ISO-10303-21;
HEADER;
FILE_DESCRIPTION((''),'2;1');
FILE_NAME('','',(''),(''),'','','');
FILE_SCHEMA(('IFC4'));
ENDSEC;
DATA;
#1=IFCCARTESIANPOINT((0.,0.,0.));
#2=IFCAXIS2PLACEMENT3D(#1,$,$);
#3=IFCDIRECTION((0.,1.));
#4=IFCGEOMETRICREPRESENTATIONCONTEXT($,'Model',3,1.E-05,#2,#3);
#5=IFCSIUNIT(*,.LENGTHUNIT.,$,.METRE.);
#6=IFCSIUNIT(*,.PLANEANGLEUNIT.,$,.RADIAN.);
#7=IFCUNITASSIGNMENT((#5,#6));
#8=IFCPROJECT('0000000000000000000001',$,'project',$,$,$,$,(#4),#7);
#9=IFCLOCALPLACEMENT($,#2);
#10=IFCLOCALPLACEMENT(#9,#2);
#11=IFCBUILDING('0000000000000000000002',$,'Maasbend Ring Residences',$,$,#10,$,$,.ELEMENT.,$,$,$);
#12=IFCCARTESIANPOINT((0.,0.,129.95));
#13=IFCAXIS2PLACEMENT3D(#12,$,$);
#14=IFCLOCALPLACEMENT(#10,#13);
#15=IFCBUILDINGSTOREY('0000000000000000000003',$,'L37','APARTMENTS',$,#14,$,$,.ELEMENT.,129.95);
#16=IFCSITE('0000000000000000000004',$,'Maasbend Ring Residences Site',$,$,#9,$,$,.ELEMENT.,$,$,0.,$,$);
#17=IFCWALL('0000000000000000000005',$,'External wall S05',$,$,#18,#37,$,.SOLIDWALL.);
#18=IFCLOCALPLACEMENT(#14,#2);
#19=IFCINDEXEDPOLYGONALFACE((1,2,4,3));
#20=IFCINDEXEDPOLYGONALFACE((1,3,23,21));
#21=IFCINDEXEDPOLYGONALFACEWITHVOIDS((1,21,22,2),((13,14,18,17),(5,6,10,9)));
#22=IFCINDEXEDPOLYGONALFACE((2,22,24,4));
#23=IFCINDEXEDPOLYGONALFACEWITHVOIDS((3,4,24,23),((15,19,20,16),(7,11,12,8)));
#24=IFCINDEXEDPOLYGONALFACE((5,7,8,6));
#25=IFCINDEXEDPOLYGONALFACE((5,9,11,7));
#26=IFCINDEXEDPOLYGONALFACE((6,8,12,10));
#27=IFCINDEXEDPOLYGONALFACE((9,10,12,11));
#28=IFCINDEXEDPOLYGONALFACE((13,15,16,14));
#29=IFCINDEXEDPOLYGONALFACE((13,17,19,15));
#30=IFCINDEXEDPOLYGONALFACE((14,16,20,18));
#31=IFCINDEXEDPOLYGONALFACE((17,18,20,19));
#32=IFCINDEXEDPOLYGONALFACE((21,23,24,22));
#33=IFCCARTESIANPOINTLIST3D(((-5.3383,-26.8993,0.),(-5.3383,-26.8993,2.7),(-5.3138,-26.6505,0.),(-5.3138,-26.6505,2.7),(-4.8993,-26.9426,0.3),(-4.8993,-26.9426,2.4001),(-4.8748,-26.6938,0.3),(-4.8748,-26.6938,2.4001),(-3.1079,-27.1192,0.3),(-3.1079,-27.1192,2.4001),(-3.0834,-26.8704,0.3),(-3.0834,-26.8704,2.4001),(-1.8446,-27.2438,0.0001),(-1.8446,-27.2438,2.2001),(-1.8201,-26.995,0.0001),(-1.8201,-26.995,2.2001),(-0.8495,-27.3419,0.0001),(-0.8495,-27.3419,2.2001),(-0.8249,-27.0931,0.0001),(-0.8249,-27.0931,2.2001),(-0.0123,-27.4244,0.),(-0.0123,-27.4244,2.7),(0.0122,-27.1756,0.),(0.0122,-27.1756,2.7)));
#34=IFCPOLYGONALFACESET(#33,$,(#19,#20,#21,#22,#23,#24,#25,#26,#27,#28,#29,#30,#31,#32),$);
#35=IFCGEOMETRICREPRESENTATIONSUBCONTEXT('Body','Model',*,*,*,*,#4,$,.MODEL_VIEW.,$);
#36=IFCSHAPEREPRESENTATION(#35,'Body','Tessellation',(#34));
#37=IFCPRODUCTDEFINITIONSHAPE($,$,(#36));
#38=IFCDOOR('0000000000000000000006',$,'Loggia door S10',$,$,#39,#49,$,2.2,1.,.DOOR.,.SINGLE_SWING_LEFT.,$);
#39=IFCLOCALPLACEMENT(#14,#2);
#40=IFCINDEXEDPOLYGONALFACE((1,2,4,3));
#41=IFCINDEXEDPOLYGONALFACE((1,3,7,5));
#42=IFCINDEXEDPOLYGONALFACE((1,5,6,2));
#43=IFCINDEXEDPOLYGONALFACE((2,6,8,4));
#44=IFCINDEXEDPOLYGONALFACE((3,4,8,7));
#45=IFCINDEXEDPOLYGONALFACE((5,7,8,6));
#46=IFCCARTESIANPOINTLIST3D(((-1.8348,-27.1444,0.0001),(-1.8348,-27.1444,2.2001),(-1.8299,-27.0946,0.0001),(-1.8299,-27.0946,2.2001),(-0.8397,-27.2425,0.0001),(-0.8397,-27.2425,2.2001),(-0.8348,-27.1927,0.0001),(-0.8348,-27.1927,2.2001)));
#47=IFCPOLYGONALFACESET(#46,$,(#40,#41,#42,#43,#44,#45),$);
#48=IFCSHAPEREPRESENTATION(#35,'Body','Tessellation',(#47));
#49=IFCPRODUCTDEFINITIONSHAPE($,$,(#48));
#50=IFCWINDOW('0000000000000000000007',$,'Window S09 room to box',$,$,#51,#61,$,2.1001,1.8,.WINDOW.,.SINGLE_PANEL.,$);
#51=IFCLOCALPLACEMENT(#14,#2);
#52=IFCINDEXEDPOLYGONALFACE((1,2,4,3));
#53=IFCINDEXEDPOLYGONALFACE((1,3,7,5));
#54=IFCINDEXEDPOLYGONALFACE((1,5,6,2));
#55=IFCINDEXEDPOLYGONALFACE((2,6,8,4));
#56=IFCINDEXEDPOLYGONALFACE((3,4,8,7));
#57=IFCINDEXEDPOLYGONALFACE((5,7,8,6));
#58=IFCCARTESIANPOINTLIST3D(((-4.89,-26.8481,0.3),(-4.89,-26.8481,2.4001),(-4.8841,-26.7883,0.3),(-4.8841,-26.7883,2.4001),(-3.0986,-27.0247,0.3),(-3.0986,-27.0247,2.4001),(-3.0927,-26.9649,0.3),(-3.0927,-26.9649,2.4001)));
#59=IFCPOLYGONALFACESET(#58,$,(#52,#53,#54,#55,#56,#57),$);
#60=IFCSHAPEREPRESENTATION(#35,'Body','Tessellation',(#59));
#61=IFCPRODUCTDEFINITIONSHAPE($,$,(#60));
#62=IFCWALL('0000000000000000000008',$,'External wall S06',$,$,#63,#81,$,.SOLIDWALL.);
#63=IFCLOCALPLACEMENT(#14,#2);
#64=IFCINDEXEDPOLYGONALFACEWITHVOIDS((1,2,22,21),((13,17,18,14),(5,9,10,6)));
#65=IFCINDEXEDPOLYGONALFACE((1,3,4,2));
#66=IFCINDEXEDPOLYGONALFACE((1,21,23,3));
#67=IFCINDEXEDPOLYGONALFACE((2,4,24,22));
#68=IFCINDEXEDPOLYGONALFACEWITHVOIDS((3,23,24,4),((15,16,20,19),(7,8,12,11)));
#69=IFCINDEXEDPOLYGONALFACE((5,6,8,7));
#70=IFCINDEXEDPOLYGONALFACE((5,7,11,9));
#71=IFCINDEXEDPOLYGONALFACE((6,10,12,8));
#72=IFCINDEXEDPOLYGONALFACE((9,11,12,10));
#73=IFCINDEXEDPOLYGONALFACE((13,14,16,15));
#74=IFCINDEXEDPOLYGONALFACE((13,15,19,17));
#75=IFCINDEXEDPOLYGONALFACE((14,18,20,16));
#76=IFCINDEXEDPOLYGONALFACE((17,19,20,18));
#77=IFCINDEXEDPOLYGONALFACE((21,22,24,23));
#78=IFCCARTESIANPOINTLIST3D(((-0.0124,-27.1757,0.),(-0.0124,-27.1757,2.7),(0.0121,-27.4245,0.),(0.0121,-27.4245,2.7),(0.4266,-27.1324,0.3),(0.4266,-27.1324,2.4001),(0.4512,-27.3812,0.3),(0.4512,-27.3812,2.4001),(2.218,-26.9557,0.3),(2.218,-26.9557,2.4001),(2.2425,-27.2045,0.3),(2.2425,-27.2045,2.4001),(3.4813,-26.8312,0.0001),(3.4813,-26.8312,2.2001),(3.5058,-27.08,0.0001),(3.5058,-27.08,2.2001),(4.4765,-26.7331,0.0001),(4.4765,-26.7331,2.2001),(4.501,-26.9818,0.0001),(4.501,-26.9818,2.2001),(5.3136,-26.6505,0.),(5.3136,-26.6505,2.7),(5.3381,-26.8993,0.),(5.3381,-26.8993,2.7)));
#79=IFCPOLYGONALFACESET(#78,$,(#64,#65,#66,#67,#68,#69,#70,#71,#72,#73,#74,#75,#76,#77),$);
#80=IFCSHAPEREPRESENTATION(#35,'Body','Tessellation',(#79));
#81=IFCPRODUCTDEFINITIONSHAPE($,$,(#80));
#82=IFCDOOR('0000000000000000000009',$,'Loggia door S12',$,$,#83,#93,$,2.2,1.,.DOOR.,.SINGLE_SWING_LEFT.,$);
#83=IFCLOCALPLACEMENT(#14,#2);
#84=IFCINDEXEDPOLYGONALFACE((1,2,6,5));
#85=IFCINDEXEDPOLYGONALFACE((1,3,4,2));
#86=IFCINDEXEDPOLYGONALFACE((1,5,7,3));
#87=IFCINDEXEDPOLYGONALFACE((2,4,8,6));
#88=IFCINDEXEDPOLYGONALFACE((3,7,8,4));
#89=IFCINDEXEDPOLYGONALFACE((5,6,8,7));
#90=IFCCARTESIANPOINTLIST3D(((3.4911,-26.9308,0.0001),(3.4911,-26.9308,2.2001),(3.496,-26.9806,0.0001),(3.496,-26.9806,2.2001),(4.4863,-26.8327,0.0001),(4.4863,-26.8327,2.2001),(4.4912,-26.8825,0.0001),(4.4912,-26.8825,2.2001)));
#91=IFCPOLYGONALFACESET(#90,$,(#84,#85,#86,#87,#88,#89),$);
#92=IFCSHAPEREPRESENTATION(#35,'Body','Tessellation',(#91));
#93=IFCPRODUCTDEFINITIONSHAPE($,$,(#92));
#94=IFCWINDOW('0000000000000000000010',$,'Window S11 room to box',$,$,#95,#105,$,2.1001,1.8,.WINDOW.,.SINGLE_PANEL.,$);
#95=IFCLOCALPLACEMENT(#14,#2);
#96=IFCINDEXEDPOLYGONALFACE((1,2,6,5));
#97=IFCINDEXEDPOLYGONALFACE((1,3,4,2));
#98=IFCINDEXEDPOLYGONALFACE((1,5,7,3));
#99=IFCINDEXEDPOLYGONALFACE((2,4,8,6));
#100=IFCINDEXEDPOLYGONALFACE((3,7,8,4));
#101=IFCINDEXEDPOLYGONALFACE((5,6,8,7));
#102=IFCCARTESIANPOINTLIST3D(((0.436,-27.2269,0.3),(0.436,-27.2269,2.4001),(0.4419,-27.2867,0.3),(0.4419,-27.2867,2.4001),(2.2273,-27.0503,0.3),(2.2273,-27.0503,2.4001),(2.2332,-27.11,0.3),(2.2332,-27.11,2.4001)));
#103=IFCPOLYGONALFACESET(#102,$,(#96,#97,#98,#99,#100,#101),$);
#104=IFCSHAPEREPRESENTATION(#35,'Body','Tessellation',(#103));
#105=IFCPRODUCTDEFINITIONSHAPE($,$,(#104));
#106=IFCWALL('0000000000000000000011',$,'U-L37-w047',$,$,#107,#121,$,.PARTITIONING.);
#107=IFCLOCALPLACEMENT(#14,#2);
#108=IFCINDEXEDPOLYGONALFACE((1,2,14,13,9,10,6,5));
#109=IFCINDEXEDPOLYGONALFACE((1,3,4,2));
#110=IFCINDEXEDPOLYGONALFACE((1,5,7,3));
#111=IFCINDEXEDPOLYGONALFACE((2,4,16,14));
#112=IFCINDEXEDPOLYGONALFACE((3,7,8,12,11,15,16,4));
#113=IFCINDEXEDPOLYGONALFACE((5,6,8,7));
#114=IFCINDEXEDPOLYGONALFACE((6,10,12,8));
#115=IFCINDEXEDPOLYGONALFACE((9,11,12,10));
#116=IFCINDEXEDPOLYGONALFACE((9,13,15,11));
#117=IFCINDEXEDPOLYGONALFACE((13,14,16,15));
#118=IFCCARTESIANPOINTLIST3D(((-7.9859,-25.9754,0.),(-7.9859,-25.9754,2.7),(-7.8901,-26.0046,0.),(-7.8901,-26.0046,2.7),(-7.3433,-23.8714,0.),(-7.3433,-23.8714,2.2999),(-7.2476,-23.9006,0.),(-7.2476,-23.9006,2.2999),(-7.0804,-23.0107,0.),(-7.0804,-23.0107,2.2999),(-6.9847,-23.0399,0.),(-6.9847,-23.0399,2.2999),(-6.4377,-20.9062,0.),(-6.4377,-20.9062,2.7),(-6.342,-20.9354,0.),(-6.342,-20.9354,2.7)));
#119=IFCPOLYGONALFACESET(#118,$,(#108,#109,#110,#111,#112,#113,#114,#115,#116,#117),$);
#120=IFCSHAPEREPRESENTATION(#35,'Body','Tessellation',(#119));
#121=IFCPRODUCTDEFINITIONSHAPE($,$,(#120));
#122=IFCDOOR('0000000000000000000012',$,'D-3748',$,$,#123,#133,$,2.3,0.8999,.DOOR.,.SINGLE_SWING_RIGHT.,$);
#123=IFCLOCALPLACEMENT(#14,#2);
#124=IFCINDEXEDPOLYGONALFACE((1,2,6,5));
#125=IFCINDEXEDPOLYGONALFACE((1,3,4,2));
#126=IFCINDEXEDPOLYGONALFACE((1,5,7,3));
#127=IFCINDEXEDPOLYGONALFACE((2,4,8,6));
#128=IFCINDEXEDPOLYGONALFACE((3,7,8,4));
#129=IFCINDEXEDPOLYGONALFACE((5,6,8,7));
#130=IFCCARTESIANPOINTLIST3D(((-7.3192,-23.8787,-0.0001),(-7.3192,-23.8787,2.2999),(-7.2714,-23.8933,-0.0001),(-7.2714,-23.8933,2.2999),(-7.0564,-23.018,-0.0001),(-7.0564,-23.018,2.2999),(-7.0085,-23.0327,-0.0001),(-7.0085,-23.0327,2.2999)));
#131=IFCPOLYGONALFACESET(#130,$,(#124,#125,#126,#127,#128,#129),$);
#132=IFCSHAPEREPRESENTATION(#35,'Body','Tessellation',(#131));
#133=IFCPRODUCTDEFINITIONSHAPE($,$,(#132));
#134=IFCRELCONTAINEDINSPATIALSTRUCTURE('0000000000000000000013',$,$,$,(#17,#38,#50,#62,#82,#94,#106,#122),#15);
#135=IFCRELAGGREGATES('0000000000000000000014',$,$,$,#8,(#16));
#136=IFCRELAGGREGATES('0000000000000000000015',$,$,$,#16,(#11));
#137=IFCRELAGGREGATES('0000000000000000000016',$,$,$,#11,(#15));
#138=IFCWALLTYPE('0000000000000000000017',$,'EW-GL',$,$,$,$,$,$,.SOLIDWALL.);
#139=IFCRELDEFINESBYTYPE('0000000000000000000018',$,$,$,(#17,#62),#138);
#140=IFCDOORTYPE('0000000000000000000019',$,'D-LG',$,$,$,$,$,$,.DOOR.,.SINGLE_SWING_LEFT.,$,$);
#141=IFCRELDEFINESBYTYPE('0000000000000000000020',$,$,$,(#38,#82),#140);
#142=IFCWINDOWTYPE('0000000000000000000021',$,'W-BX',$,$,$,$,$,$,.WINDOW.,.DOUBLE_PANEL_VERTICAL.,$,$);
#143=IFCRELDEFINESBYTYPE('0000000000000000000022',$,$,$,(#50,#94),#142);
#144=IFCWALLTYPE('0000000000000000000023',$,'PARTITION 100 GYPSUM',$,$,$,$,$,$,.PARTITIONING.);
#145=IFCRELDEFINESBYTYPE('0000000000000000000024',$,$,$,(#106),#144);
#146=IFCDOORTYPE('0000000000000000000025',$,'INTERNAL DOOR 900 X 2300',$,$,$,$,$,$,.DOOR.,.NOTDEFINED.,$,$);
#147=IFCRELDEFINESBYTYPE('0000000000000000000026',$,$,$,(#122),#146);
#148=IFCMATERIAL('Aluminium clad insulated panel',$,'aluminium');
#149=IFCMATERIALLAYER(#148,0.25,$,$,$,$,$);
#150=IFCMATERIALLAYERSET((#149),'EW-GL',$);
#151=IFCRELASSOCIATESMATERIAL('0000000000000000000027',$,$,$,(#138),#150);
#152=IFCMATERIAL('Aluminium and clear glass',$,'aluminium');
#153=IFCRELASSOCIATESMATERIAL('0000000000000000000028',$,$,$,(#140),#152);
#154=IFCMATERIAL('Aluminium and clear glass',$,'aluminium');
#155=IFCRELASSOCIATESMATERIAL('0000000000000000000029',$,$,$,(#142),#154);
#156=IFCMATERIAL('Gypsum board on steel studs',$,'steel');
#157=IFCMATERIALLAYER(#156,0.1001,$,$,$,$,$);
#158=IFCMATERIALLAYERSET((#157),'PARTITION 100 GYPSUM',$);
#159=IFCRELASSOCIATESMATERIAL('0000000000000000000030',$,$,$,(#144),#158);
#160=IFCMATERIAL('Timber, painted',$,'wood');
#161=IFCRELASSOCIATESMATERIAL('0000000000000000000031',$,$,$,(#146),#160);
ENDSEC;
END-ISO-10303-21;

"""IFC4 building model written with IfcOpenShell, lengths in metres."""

from ifc_helpers import new_model, si_unit, direction, frame, frame_2d, origin, place, context, subcontext, project, spatial, rectangle, extrude, material, layer, layer_set, type_object, element, fill, save


model = new_model("IFC4")

# Units and contexts
model_context = context("Model", 3, precision=1e-05, world=origin(), true_north=direction((0.0, 1.0)))
body_context = subcontext(model_context, "Body", "Model", "MODEL_VIEW")
ifc_project = project(units=[si_unit("LENGTHUNIT", "METRE"), si_unit("PLANEANGLEUNIT", "RADIAN")], contexts=[model_context])

# Site, building, storey
site_placement = place(None, origin())
site = spatial("IfcSite", under=ifc_project, at=site_placement, Name="Maasbend Ring Residences Site", CompositionType="ELEMENT", RefElevation=0.0)
building_placement = place(site_placement, origin())
building = spatial("IfcBuilding", under=site, at=building_placement, Name="Maasbend Ring Residences", CompositionType="ELEMENT")
storey_placement = place(building_placement, frame((0.0, 0.0, 129.95)))
storey = spatial("IfcBuildingStorey", under=building, at=storey_placement, Name="L37", Description="APARTMENTS", CompositionType="ELEMENT", Elevation=129.95)

# Walls, openings, doors, windows
ifc_material_1 = material(Name="Aluminium clad insulated panel", Category="aluminium")
ifc_layer_1 = layer(ifc_material_1, 0.25)
ifc_layer_set_1 = layer_set([ifc_layer_1], Name="EW-GL")
wall_type_1 = type_object("IfcWallType", Name="EW-GL", PredefinedType="SOLIDWALL", material=ifc_layer_set_1)
ifc_material_2 = material(Name="Aluminium and clear glass", Category="aluminium")
door_type_1 = type_object("IfcDoorType", Name="D-LG", OperationType="SINGLE_SWING_LEFT", PredefinedType="DOOR", material=ifc_material_2)
ifc_material_3 = material(Name="Aluminium and clear glass", Category="aluminium")
window_type_1 = type_object("IfcWindowType", Name="W-BX", PartitioningType="DOUBLE_PANEL_VERTICAL", PredefinedType="WINDOW", material=ifc_material_3)
wall_1_placement = place(storey_placement, frame((-5.3259, -26.7749, 0.0), z_axis=(0.0, 0.0, 1.0), x_axis=(0.995174, -0.098126, 0.0)))
wall_1 = element("IfcWall", 1, at=wall_1_placement, inside=storey, type_object=wall_type_1, Name="External wall S05", PredefinedType="SOLIDWALL", context=body_context, shape_type="SweptSolid", body=[
    extrude(rectangle(XDim=5.3518, YDim=0.25, at=frame_2d((2.6758, 0.0))), origin(), (0.0, 0.0, 1.0), 2.7),
])
opening_1_placement = place(wall_1_placement, frame((0.4412, 0.0, 0.3)))
opening_1 = element("IfcOpeningElement", 2, at=opening_1_placement, cuts=wall_1, PredefinedType="OPENING", context=body_context, shape_type="SweptSolid", body=[
    extrude(rectangle(XDim=1.8, YDim=2.1001, at=frame_2d((0.8999, 1.05))), frame((0.0, 0.135, 0.0), z_axis=(0.0, -1.0, 0.0), x_axis=(1.0, 0.0, 0.0)), (0.0, 0.0, 1.0), 0.27),
])
opening_2_placement = place(wall_1_placement, frame((3.5105, 0.0, 0.0)))
opening_2 = element("IfcOpeningElement", 3, at=opening_2_placement, cuts=wall_1, PredefinedType="OPENING", context=body_context, shape_type="SweptSolid", body=[
    extrude(rectangle(XDim=1.0, YDim=2.2, at=frame_2d((0.5, 1.1001))), frame((0.0, 0.135, 0.0), z_axis=(0.0, -1.0, 0.0), x_axis=(1.0, 0.0, 0.0)), (0.0, 0.0, 1.0), 0.27),
])
door_1_placement = place(opening_2_placement, origin())
door_1 = element("IfcDoor", 4, at=door_1_placement, inside=storey, type_object=door_type_1, Name="Loggia door S10", OperationType="SINGLE_SWING_LEFT", OverallHeight=2.2, OverallWidth=1.0, PredefinedType="DOOR", context=body_context, shape_type="SweptSolid", body=[
    extrude(rectangle(XDim=1.0, YDim=2.2, at=frame_2d((0.5, 1.1001))), frame((0.0, 0.0249, 0.0), z_axis=(0.0, -1.0, 0.0), x_axis=(1.0, 0.0, 0.0)), (0.0, 0.0, 1.0), 0.05),
])
fill(opening_2, door_1)
window_1_placement = place(opening_1_placement, origin())
window_1 = element("IfcWindow", 5, at=window_1_placement, inside=storey, type_object=window_type_1, Name="Window S09 room to box", OverallHeight=2.1001, OverallWidth=1.8, PartitioningType="SINGLE_PANEL", PredefinedType="WINDOW", context=body_context, shape_type="SweptSolid", body=[
    extrude(rectangle(XDim=1.8, YDim=2.1001, at=frame_2d((0.8999, 1.05))), frame((0.0, 0.03, 0.0), z_axis=(0.0, -1.0, 0.0), x_axis=(1.0, 0.0, 0.0)), (0.0, 0.0, 1.0), 0.0601),
])
fill(opening_1, window_1)
wall_2_placement = place(storey_placement, frame((0.0, -27.3, 0.0), z_axis=(0.0, 0.0, 1.0), x_axis=(0.995174, 0.098126, 0.0)))
wall_2 = element("IfcWall", 6, at=wall_2_placement, inside=storey, type_object=wall_type_1, Name="External wall S06", PredefinedType="SOLIDWALL", context=body_context, shape_type="SweptSolid", body=[
    extrude(rectangle(XDim=5.3518, YDim=0.25, at=frame_2d((2.6758, 0.0))), origin(), (0.0, 0.0, 1.0), 2.7),
])
opening_3_placement = place(wall_2_placement, frame((0.4412, 0.0, 0.3)))
opening_3 = element("IfcOpeningElement", 7, at=opening_3_placement, cuts=wall_2, PredefinedType="OPENING", context=body_context, shape_type="SweptSolid", body=[
    extrude(rectangle(XDim=1.8, YDim=2.1001, at=frame_2d((0.8999, 1.05))), frame((0.0, 0.135, 0.0), z_axis=(0.0, -1.0, 0.0), x_axis=(1.0, 0.0, 0.0)), (0.0, 0.0, 1.0), 0.27),
])
opening_4_placement = place(wall_2_placement, frame((3.5105, 0.0, 0.0)))
opening_4 = element("IfcOpeningElement", 8, at=opening_4_placement, cuts=wall_2, PredefinedType="OPENING", context=body_context, shape_type="SweptSolid", body=[
    extrude(rectangle(XDim=1.0, YDim=2.2, at=frame_2d((0.5, 1.1001))), frame((0.0, 0.135, 0.0), z_axis=(0.0, -1.0, 0.0), x_axis=(1.0, 0.0, 0.0)), (0.0, 0.0, 1.0), 0.27),
])
door_2_placement = place(opening_4_placement, origin())
door_2 = element("IfcDoor", 9, at=door_2_placement, inside=storey, type_object=door_type_1, Name="Loggia door S12", OperationType="SINGLE_SWING_LEFT", OverallHeight=2.2, OverallWidth=1.0, PredefinedType="DOOR", context=body_context, shape_type="SweptSolid", body=[
    extrude(rectangle(XDim=1.0, YDim=2.2, at=frame_2d((0.5, 1.1001))), frame((0.0, 0.0249, 0.0), z_axis=(0.0, -1.0, 0.0), x_axis=(1.0, 0.0, 0.0)), (0.0, 0.0, 1.0), 0.05),
])
fill(opening_4, door_2)
window_2_placement = place(opening_3_placement, origin())
window_2 = element("IfcWindow", 10, at=window_2_placement, inside=storey, type_object=window_type_1, Name="Window S11 room to box", OverallHeight=2.1001, OverallWidth=1.8, PartitioningType="SINGLE_PANEL", PredefinedType="WINDOW", context=body_context, shape_type="SweptSolid", body=[
    extrude(rectangle(XDim=1.8, YDim=2.1001, at=frame_2d((0.8999, 1.05))), frame((0.0, 0.03, 0.0), z_axis=(0.0, -1.0, 0.0), x_axis=(1.0, 0.0, 0.0)), (0.0, 0.0, 1.0), 0.0601),
])
fill(opening_3, window_2)

# Wall, opening, door
ifc_material_4 = material(Name="Gypsum board on steel studs", Category="steel")
ifc_layer_2 = layer(ifc_material_4, 0.1001)
ifc_layer_set_2 = layer_set([ifc_layer_2], Name="PARTITION 100 GYPSUM")
wall_type_2 = type_object("IfcWallType", Name="PARTITION 100 GYPSUM", PredefinedType="PARTITIONING", material=ifc_layer_set_2)
wall_3_placement = place(storey_placement, frame((-7.938, -25.99, 0.0), z_axis=(0.0, 0.0, 1.0), x_axis=(0.292082, 0.956393, 0.0)))
wall_3 = element("IfcWall", 11, at=wall_3_placement, inside=storey, type_object=wall_type_2, Name="U-L37-w047", PredefinedType="PARTITIONING", context=body_context, shape_type="SweptSolid", body=[
    extrude(rectangle(XDim=5.3003, YDim=0.1001, at=frame_2d((2.6501, 0.0))), origin(), (0.0, 0.0, 1.0), 2.7),
])
opening_5_placement = place(wall_3_placement, frame((2.2, 0.0, 0.0)))
opening_5 = element("IfcOpeningElement", 12, at=opening_5_placement, cuts=wall_3, PredefinedType="OPENING", context=body_context, shape_type="SweptSolid", body=[
    extrude(rectangle(XDim=0.8999, YDim=2.3, at=frame_2d((0.45, 1.1499))), frame((0.0, 0.0601, 0.0), z_axis=(0.0, -1.0, 0.0), x_axis=(1.0, 0.0, 0.0)), (0.0, 0.0, 1.0), 0.1201),
])
ifc_material_5 = material(Name="Timber, painted", Category="wood")
door_type_2 = type_object("IfcDoorType", Name="INTERNAL DOOR 900 X 2300", OperationType="NOTDEFINED", PredefinedType="DOOR", material=ifc_material_5)
door_3_placement = place(opening_5_placement, origin())
door_3 = element("IfcDoor", 13, at=door_3_placement, inside=storey, type_object=door_type_2, Name="D-3748", OperationType="SINGLE_SWING_RIGHT", OverallHeight=2.3, OverallWidth=0.8999, PredefinedType="DOOR", context=body_context, shape_type="SweptSolid", body=[
    extrude(rectangle(XDim=0.8999, YDim=2.3, at=frame_2d((0.45, 1.1499))), frame((0.0, 0.0249, 0.0), z_axis=(0.0, -1.0, 0.0), x_axis=(1.0, 0.0, 0.0)), (0.0, 0.0, 1.0), 0.05),
])
fill(opening_5, door_3)

save(model, "model.ifc")
